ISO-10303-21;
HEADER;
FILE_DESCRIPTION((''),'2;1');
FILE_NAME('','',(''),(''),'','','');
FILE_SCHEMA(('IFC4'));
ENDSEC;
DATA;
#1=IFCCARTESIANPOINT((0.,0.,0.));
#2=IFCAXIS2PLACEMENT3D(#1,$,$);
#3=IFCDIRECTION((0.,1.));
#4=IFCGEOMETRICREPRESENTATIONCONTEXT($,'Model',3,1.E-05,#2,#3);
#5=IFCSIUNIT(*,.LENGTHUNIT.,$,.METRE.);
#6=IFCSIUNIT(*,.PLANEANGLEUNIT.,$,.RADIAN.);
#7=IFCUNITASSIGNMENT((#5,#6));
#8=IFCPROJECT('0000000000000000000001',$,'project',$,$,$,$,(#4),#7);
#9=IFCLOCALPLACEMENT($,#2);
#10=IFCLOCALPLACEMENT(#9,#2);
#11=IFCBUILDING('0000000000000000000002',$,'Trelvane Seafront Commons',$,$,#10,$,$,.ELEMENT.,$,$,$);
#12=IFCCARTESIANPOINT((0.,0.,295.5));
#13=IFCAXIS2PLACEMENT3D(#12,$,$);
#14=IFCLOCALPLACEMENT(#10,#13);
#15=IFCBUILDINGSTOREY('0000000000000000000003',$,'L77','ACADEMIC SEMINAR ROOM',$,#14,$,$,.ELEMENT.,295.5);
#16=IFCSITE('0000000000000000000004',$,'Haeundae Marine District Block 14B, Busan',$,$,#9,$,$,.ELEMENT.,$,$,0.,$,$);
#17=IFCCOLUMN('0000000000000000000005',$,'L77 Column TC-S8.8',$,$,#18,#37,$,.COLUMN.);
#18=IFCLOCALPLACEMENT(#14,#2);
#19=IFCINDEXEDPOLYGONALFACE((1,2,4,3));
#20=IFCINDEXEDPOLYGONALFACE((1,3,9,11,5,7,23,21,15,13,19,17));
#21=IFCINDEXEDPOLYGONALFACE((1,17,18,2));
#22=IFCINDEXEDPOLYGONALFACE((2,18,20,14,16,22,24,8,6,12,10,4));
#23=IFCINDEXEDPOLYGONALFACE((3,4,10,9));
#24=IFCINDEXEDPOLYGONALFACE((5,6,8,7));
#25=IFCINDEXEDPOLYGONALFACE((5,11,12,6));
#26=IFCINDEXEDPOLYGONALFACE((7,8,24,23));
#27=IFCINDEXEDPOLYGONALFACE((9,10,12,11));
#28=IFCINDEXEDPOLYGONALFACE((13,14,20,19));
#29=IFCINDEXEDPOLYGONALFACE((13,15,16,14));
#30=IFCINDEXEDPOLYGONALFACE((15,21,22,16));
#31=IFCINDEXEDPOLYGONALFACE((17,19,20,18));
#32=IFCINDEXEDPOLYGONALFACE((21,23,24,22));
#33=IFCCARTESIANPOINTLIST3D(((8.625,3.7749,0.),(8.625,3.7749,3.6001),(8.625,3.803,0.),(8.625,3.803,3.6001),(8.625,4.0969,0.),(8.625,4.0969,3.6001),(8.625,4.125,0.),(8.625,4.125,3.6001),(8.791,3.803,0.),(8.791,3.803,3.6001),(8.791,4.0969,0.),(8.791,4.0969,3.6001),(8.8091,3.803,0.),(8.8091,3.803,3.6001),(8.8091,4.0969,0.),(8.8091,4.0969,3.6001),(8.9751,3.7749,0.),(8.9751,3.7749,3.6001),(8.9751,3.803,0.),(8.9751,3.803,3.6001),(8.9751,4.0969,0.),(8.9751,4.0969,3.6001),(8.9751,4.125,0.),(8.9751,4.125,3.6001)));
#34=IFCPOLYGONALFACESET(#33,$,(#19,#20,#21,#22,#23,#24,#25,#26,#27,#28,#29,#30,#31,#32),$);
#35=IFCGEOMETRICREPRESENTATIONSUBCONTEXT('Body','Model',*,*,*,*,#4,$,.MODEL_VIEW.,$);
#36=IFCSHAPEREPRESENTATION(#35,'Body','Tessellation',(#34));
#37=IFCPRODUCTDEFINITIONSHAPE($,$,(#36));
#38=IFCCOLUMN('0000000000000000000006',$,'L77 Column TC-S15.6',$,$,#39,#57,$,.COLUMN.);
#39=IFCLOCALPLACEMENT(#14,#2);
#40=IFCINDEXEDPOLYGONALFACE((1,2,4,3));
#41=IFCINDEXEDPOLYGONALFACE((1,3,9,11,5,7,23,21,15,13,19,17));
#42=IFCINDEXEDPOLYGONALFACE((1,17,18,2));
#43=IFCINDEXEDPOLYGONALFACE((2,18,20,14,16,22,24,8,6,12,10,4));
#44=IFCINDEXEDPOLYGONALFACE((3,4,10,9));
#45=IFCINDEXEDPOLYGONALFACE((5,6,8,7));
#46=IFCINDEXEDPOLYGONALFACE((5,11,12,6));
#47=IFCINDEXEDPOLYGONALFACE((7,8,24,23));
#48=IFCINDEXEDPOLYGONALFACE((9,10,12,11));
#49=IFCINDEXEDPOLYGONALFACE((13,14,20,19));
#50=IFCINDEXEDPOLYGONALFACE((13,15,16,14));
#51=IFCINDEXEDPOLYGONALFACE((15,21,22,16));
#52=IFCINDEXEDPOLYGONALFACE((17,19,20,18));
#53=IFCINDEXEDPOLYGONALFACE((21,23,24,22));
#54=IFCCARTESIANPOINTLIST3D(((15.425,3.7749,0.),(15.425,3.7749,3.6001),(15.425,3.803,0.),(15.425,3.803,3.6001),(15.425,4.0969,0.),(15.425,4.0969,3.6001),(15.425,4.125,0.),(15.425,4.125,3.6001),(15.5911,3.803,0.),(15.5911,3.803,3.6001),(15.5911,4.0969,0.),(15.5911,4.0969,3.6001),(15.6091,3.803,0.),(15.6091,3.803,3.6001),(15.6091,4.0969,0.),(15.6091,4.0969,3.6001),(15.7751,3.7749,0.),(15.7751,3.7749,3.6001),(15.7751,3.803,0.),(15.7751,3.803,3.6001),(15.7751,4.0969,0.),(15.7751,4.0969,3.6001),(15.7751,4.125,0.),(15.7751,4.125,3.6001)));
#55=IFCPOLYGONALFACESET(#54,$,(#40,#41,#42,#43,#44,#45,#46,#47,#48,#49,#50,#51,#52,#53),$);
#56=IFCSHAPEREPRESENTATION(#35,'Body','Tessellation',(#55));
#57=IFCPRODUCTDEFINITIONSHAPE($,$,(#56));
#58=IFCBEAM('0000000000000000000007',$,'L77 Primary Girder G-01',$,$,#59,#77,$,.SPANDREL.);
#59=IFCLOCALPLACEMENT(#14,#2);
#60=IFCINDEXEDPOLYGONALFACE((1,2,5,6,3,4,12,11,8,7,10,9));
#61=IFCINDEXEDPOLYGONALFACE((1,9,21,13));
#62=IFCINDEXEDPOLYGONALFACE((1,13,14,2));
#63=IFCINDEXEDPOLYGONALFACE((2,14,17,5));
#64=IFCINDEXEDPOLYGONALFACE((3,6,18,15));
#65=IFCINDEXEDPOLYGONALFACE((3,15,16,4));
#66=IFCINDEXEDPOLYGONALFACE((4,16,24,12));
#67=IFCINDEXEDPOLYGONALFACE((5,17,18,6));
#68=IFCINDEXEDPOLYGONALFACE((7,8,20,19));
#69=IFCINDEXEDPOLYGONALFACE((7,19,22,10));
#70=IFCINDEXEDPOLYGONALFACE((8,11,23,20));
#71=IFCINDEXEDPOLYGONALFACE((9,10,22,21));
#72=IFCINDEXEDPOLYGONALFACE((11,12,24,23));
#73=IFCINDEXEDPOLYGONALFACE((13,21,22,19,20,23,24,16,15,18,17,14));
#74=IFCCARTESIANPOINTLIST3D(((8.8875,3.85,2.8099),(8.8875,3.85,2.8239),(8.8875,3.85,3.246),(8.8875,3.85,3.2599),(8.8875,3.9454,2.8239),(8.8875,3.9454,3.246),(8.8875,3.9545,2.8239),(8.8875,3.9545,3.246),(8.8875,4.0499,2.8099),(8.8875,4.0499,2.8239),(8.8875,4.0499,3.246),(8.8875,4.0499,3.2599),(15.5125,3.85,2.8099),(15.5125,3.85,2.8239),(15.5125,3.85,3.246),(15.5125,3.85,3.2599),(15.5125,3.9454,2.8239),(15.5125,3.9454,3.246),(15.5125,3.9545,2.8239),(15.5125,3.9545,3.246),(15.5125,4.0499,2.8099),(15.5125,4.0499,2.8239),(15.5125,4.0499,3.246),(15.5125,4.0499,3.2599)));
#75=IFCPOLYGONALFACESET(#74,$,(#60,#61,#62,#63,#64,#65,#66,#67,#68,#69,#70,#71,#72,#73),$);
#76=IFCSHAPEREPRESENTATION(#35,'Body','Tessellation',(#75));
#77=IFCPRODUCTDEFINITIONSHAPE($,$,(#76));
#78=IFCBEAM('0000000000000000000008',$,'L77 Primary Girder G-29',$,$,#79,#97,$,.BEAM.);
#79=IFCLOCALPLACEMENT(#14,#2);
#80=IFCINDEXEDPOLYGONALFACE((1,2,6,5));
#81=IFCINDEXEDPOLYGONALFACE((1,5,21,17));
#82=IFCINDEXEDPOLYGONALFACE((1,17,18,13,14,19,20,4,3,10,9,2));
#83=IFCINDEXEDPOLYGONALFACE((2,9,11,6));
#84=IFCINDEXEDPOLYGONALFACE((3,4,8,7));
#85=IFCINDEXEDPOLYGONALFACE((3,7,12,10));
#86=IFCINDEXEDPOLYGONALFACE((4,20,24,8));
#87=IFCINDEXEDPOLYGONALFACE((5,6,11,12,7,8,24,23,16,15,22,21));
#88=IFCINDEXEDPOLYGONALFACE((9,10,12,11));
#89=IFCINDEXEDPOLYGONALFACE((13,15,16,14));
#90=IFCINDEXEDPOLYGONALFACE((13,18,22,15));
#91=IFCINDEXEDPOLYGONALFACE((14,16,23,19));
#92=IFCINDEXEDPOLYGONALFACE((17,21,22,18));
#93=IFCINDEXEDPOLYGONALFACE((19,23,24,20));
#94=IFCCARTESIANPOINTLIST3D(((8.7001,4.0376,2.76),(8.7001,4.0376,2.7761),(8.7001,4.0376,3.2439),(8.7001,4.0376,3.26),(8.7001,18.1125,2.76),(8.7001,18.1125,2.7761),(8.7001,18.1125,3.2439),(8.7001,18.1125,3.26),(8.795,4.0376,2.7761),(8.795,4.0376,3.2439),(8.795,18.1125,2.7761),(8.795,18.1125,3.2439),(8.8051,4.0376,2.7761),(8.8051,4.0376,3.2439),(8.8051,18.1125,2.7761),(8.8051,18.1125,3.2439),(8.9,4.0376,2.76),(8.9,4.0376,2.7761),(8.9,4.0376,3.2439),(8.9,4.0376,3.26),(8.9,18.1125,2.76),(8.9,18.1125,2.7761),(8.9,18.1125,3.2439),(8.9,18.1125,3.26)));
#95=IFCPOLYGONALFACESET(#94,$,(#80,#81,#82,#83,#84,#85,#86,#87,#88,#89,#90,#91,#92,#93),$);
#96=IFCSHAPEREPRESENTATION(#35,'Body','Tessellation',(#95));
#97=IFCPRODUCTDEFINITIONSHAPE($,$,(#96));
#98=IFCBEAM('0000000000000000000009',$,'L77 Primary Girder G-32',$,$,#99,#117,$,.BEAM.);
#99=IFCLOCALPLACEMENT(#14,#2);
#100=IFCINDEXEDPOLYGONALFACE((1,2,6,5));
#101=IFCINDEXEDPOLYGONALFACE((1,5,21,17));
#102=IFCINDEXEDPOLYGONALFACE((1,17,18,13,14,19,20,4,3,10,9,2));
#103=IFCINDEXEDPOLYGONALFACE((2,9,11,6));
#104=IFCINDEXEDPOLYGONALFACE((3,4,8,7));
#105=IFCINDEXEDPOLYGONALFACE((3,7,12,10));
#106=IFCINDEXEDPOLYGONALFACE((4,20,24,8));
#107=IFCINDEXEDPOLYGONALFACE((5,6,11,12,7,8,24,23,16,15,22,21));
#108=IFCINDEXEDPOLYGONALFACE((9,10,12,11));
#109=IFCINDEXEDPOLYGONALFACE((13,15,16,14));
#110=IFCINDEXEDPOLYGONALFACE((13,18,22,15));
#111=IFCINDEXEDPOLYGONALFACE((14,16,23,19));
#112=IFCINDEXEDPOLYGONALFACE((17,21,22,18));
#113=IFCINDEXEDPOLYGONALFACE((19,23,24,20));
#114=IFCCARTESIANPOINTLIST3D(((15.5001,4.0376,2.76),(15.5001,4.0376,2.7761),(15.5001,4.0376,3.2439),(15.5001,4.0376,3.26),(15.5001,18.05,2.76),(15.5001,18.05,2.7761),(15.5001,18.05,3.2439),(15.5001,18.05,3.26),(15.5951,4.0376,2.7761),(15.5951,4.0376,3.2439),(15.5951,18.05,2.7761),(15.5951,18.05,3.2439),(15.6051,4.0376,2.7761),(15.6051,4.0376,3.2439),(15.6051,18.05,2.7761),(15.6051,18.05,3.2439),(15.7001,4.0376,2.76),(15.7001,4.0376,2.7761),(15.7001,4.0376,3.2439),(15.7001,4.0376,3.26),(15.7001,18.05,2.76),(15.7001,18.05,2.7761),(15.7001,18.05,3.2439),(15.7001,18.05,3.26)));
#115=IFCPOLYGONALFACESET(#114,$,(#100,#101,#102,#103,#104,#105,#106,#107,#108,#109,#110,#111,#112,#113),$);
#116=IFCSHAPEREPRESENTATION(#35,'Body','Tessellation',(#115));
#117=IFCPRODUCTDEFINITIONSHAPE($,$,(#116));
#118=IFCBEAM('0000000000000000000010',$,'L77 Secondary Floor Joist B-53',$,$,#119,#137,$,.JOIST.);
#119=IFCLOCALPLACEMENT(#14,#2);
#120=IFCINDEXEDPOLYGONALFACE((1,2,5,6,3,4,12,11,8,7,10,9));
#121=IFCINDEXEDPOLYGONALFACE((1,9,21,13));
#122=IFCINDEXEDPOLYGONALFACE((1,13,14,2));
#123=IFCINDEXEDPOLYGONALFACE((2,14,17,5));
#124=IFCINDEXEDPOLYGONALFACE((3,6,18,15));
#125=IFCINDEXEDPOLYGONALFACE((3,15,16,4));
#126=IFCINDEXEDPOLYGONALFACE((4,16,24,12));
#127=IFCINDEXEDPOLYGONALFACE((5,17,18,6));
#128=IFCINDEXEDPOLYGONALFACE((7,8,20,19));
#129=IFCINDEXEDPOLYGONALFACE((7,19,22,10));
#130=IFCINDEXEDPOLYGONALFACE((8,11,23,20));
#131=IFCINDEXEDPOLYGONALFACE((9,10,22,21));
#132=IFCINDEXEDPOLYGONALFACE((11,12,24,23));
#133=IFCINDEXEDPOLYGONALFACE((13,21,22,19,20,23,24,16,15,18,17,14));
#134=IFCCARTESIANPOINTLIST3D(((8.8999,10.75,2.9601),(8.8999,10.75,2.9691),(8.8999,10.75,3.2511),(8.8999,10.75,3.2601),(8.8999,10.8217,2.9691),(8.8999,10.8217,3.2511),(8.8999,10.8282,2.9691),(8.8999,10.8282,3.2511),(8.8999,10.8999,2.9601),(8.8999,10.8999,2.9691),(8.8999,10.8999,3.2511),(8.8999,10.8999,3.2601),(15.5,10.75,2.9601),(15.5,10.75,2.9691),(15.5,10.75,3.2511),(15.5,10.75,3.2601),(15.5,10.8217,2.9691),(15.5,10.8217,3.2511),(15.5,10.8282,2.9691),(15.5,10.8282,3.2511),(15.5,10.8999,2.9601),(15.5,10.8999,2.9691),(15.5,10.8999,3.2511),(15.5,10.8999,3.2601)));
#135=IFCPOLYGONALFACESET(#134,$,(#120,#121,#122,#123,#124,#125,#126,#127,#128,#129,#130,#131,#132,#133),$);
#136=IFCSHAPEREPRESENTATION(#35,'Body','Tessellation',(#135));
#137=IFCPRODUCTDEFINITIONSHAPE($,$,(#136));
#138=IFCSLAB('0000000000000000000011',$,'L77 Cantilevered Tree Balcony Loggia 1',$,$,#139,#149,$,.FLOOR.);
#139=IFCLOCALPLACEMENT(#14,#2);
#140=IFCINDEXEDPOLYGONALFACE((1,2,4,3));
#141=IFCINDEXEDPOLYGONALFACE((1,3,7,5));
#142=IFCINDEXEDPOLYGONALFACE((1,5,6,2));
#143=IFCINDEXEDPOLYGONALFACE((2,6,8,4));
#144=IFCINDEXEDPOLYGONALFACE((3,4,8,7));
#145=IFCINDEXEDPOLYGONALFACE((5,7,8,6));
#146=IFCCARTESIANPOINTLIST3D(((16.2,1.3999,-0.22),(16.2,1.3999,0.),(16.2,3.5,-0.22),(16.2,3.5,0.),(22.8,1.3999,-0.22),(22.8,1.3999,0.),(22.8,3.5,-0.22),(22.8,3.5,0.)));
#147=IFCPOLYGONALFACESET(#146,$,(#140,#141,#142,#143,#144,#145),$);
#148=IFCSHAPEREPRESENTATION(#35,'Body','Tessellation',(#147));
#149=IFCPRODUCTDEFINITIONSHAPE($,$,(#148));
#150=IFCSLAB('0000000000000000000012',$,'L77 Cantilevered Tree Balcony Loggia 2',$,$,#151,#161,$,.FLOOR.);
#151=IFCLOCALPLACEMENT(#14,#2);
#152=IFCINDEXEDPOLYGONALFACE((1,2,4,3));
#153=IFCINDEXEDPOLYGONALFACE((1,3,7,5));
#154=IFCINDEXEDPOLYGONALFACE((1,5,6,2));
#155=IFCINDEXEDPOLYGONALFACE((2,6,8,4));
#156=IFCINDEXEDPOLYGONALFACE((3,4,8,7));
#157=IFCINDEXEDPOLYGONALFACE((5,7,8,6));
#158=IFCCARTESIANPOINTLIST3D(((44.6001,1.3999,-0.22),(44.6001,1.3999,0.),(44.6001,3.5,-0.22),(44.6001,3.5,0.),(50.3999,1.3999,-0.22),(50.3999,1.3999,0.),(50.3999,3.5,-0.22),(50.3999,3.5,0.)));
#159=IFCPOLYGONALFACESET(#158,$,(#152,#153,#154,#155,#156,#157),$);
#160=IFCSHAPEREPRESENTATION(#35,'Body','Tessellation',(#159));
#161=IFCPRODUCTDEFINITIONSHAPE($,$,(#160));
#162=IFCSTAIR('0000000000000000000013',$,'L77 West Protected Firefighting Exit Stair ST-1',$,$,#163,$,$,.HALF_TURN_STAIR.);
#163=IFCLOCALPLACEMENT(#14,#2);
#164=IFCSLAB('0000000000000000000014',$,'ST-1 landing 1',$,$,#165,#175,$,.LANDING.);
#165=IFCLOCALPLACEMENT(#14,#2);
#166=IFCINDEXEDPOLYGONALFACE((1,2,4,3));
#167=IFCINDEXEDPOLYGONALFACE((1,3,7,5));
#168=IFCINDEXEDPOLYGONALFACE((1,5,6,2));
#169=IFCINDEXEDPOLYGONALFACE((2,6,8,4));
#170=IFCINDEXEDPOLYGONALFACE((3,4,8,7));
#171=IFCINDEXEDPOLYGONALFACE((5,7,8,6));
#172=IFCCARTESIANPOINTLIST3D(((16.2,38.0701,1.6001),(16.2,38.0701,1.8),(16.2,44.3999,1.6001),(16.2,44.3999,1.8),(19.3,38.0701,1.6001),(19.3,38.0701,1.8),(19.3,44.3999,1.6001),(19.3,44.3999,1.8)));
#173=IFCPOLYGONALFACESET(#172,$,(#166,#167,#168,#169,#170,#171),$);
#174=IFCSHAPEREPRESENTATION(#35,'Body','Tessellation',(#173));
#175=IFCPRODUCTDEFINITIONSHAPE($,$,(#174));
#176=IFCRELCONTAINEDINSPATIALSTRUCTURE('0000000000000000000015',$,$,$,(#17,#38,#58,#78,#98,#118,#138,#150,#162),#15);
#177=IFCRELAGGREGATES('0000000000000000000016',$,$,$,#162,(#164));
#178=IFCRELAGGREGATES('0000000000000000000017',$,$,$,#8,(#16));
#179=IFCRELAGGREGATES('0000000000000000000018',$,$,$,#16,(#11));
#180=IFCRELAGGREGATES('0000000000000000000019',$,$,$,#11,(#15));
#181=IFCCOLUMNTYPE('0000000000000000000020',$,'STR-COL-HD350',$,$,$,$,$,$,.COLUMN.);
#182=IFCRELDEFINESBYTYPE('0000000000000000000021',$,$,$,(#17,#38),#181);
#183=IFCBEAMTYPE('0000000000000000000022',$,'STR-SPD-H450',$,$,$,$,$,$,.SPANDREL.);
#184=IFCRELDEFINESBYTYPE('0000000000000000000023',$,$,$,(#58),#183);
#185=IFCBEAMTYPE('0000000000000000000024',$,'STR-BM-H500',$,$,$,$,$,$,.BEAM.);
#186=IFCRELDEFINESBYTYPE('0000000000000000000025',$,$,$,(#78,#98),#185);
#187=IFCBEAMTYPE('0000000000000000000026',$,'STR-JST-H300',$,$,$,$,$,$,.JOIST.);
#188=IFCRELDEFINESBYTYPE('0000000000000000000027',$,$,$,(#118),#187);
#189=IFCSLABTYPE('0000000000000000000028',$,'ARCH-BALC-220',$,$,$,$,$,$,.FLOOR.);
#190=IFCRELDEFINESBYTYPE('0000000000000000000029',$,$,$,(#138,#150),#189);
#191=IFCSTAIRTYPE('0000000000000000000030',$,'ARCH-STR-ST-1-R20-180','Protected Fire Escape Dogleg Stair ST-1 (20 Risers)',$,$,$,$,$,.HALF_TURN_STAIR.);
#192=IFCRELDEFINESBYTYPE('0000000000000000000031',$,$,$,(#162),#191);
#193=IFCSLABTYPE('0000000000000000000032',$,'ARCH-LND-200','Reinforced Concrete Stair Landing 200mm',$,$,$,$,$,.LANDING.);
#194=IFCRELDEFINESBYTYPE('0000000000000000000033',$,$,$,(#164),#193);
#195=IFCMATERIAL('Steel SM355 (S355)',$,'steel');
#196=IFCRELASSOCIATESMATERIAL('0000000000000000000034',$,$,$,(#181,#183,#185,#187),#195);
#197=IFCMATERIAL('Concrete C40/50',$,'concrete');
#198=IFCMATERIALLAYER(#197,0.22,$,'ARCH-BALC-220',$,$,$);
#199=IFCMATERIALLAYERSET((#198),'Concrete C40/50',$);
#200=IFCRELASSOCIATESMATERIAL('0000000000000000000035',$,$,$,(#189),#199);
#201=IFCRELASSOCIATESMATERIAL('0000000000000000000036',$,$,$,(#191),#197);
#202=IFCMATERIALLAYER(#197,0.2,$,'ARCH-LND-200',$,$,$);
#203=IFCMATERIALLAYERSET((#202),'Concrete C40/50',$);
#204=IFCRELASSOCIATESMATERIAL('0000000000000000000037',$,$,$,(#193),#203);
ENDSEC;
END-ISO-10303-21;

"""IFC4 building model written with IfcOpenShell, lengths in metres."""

from ifc_helpers import new_model, si_unit, direction, frame, origin, origin_2d, place, context, subcontext, project, spatial, polyline, i_section, outline, extrude, source, transform, mapped, material, layer, layer_set, material_profile, profile_set, type_object, element, aggregate, save


model = new_model("IFC4")

# Units and contexts
model_context = context("Model", 3, precision=1e-05, world=origin(), true_north=direction((0.0, 1.0)))
body_context = subcontext(model_context, "Body", "Model", "MODEL_VIEW")
ifc_project = project(units=[si_unit("LENGTHUNIT", "METRE"), si_unit("PLANEANGLEUNIT", "RADIAN")], contexts=[model_context])

# Site, building, storey
site_placement = place(None, origin())
site = spatial("IfcSite", under=ifc_project, at=site_placement, Name="Haeundae Marine District Block 14B, Busan", CompositionType="ELEMENT", RefElevation=0.0)
building_placement = place(site_placement, origin())
building = spatial("IfcBuilding", under=site, at=building_placement, Name="Trelvane Seafront Commons", CompositionType="ELEMENT")
storey_placement = place(building_placement, frame((0.0, 0.0, 295.5)))
storey = spatial("IfcBuildingStorey", under=building, at=storey_placement, Name="L77", Description="ACADEMIC SEMINAR ROOM", CompositionType="ELEMENT", Elevation=295.5)

# Columns
ifc_material_1 = material(Name="Steel SM355 (S355)", Category="steel")
ifc_material_profile_1 = material_profile(ifc_material_1, i_section(OverallWidth=0.3501, OverallDepth=0.3501, WebThickness=0.0181, FlangeThickness=0.0281, at=origin_2d()), Name="HD-350x350x18x28")
ifc_profile_set_1 = profile_set([ifc_material_profile_1], Name="Steel SM355 (S355)")
column_type = type_object("IfcColumnType", Name="STR-COL-HD350", PredefinedType="COLUMN", material=ifc_profile_set_1)
shared_shape_1 = source(origin(), body_context, "Body", "SweptSolid", [
    extrude(i_section(OverallWidth=0.3501, OverallDepth=0.3501, WebThickness=0.0181, FlangeThickness=0.0281, at=origin_2d()), origin(), (0.0, 0.0, 1.0), 3.6001),
])
for number, where, z_axis, x_axis, name in (
    (1, (8.8, 3.95, 0.0), (0.0, 0.0, 1.0), (1.0, 0.0, 0.0), "L77 Column TC-S8.8"),
    (2, (15.6001, 3.95, 0.0), (0.0, 0.0, 1.0), (1.0, 0.0, 0.0), "L77 Column TC-S15.6"),
):
    element("IfcColumn", number, at=place(storey_placement, frame(where, z_axis=z_axis, x_axis=x_axis)), inside=storey, type_object=column_type, Name=name, PredefinedType="COLUMN", context=body_context, shape_type="MappedRepresentation", body=[
        mapped(shared_shape_1, transform((0.0, 0.0, 0.0), x_axis=(1.0, 0.0, 0.0), y_axis=(0.0, 1.0, 0.0), z_axis=(0.0, 0.0, 1.0), scale=1.0)),
    ])

# Beams
ifc_material_profile_2 = material_profile(ifc_material_1, i_section(OverallWidth=0.2, OverallDepth=0.45, WebThickness=0.009, FlangeThickness=0.0139, at=origin_2d()), Name="H-450x200x9x14")
ifc_profile_set_2 = profile_set([ifc_material_profile_2], Name="Steel SM355 (S355)")
beam_type_1 = type_object("IfcBeamType", Name="STR-SPD-H450", PredefinedType="SPANDREL", material=ifc_profile_set_2)
shared_shape_2 = source(origin(), body_context, "Body", "SweptSolid", [
    extrude(i_section(OverallWidth=0.2, OverallDepth=0.45, WebThickness=0.009, FlangeThickness=0.0139, at=origin_2d()), origin(), (0.0, 0.0, 1.0), 6.625),
])
beam_1_placement = place(storey_placement, frame((8.8875, 3.95, 3.0349), z_axis=(1.0, 0.0, 0.0), x_axis=(0.0, 1.0, 0.0)))
element("IfcBeam", 3, at=beam_1_placement, inside=storey, type_object=beam_type_1, Name="L77 Primary Girder G-01", PredefinedType="SPANDREL", context=body_context, shape_type="MappedRepresentation", body=[
    mapped(shared_shape_2, transform((0.0, 0.0, 0.0), x_axis=(1.0, 0.0, 0.0), y_axis=(0.0, 1.0, 0.0), z_axis=(0.0, 0.0, 1.0), scale=1.0)),
])
ifc_material_profile_3 = material_profile(ifc_material_1, i_section(OverallWidth=0.2, OverallDepth=0.5, WebThickness=0.01, FlangeThickness=0.0161, at=origin_2d()), Name="H-500x200x10x16")
ifc_profile_set_3 = profile_set([ifc_material_profile_3], Name="Steel SM355 (S355)")
beam_type_2 = type_object("IfcBeamType", Name="STR-BM-H500", PredefinedType="BEAM", material=ifc_profile_set_3)
shared_shape_3 = source(origin(), body_context, "Body", "SweptSolid", [
    extrude(i_section(OverallWidth=0.2, OverallDepth=0.5, WebThickness=0.01, FlangeThickness=0.0161, at=origin_2d()), origin(), (0.0, 0.0, 1.0), 14.075),
])
beam_2_placement = place(storey_placement, frame((8.8, 4.0376, 3.01), z_axis=(0.0, 1.0, 0.0), x_axis=(-1.0, 0.0, 0.0)))
element("IfcBeam", 4, at=beam_2_placement, inside=storey, type_object=beam_type_2, Name="L77 Primary Girder G-29", PredefinedType="BEAM", context=body_context, shape_type="MappedRepresentation", body=[
    mapped(shared_shape_3, transform((0.0, 0.0, 0.0), x_axis=(1.0, 0.0, 0.0), y_axis=(0.0, 1.0, 0.0), z_axis=(0.0, 0.0, 1.0), scale=1.0)),
])
shared_shape_4 = source(origin(), body_context, "Body", "SweptSolid", [
    extrude(i_section(OverallWidth=0.2, OverallDepth=0.5, WebThickness=0.01, FlangeThickness=0.0161, at=origin_2d()), origin(), (0.0, 0.0, 1.0), 14.0125),
])
beam_3_placement = place(storey_placement, frame((15.6001, 4.0376, 3.01), z_axis=(0.0, 1.0, 0.0), x_axis=(-1.0, 0.0, 0.0)))
element("IfcBeam", 5, at=beam_3_placement, inside=storey, type_object=beam_type_2, Name="L77 Primary Girder G-32", PredefinedType="BEAM", context=body_context, shape_type="MappedRepresentation", body=[
    mapped(shared_shape_4, transform((0.0, 0.0, 0.0), x_axis=(1.0, 0.0, 0.0), y_axis=(0.0, 1.0, 0.0), z_axis=(0.0, 0.0, 1.0), scale=1.0)),
])
ifc_material_profile_4 = material_profile(ifc_material_1, i_section(OverallWidth=0.1499, OverallDepth=0.3, WebThickness=0.0066, FlangeThickness=0.009, at=origin_2d()), Name="H-300x150x6.5x9")
ifc_profile_set_4 = profile_set([ifc_material_profile_4], Name="Steel SM355 (S355)")
beam_type_3 = type_object("IfcBeamType", Name="STR-JST-H300", PredefinedType="JOIST", material=ifc_profile_set_4)
shared_shape_5 = source(origin(), body_context, "Body", "SweptSolid", [
    extrude(i_section(OverallWidth=0.1499, OverallDepth=0.3, WebThickness=0.0066, FlangeThickness=0.009, at=origin_2d()), origin(), (0.0, 0.0, 1.0), 6.6001),
])
beam_4_placement = place(storey_placement, frame((8.8999, 10.825, 3.1101), z_axis=(1.0, 0.0, 0.0), x_axis=(0.0, 1.0, 0.0)))
element("IfcBeam", 6, at=beam_4_placement, inside=storey, type_object=beam_type_3, Name="L77 Secondary Floor Joist B-53", PredefinedType="JOIST", context=body_context, shape_type="MappedRepresentation", body=[
    mapped(shared_shape_5, transform((0.0, 0.0, 0.0), x_axis=(1.0, 0.0, 0.0), y_axis=(0.0, 1.0, 0.0), z_axis=(0.0, 0.0, 1.0), scale=1.0)),
])

# Slabs
ifc_material_2 = material(Name="Concrete C40/50", Category="concrete")
ifc_layer_1 = layer(ifc_material_2, 0.22, Name="ARCH-BALC-220")
ifc_layer_set_1 = layer_set([ifc_layer_1], Name="Concrete C40/50")
slab_type_1 = type_object("IfcSlabType", Name="ARCH-BALC-220", PredefinedType="FLOOR", material=ifc_layer_set_1)
slab_1_placement = place(storey_placement, frame((0.0, 0.0, -0.22)))
element("IfcSlab", 7, at=slab_1_placement, inside=storey, type_object=slab_type_1, Name="L77 Cantilevered Tree Balcony Loggia 1", PredefinedType="FLOOR", context=body_context, shape_type="SweptSolid", body=[
    extrude(outline(polyline([(16.2, 1.3999), (22.8, 1.3999), (22.8, 3.5), (16.2, 3.5), (16.2, 1.3999)])), origin(), (0.0, 0.0, 1.0), 0.22),
])
slab_2_placement = place(storey_placement, frame((0.0, 0.0, -0.22)))
element("IfcSlab", 8, at=slab_2_placement, inside=storey, type_object=slab_type_1, Name="L77 Cantilevered Tree Balcony Loggia 2", PredefinedType="FLOOR", context=body_context, shape_type="SweptSolid", body=[
    extrude(outline(polyline([(44.6001, 1.3999), (50.3999, 1.3999), (50.3999, 3.5), (44.6001, 3.5), (44.6001, 1.3999)])), origin(), (0.0, 0.0, 1.0), 0.22),
])

# Stair, slab
stair_type_1 = type_object("IfcStairType", Name="ARCH-STR-ST-1-R20-180", Description="Protected Fire Escape Dogleg Stair ST-1 (20 Risers)", PredefinedType="HALF_TURN_STAIR", material=ifc_material_2)
stair_1_placement = place(storey_placement, origin())
stair_1 = element("IfcStair", 9, at=stair_1_placement, inside=storey, type_object=stair_type_1, Name="L77 West Protected Firefighting Exit Stair ST-1", PredefinedType="HALF_TURN_STAIR")
ifc_layer_2 = layer(ifc_material_2, 0.2, Name="ARCH-LND-200")
ifc_layer_set_2 = layer_set([ifc_layer_2], Name="Concrete C40/50")
slab_type_2 = type_object("IfcSlabType", Name="ARCH-LND-200", Description="Reinforced Concrete Stair Landing 200mm", PredefinedType="LANDING", material=ifc_layer_set_2)
slab_3_placement = place(storey_placement, frame((0.0, 0.0, 1.6001)))
slab_3 = element("IfcSlab", 10, at=slab_3_placement, type_object=slab_type_2, Name="ST-1 landing 1", PredefinedType="LANDING", context=body_context, shape_type="SweptSolid", body=[
    extrude(outline(polyline([(19.3, 38.0701), (19.3, 44.3999), (16.2, 44.3999), (16.2, 38.0701), (19.3, 38.0701)])), origin(), (0.0, 0.0, 1.0), 0.2),
])
aggregate(stair_1, [slab_3])

save(model, "model.ifc")
